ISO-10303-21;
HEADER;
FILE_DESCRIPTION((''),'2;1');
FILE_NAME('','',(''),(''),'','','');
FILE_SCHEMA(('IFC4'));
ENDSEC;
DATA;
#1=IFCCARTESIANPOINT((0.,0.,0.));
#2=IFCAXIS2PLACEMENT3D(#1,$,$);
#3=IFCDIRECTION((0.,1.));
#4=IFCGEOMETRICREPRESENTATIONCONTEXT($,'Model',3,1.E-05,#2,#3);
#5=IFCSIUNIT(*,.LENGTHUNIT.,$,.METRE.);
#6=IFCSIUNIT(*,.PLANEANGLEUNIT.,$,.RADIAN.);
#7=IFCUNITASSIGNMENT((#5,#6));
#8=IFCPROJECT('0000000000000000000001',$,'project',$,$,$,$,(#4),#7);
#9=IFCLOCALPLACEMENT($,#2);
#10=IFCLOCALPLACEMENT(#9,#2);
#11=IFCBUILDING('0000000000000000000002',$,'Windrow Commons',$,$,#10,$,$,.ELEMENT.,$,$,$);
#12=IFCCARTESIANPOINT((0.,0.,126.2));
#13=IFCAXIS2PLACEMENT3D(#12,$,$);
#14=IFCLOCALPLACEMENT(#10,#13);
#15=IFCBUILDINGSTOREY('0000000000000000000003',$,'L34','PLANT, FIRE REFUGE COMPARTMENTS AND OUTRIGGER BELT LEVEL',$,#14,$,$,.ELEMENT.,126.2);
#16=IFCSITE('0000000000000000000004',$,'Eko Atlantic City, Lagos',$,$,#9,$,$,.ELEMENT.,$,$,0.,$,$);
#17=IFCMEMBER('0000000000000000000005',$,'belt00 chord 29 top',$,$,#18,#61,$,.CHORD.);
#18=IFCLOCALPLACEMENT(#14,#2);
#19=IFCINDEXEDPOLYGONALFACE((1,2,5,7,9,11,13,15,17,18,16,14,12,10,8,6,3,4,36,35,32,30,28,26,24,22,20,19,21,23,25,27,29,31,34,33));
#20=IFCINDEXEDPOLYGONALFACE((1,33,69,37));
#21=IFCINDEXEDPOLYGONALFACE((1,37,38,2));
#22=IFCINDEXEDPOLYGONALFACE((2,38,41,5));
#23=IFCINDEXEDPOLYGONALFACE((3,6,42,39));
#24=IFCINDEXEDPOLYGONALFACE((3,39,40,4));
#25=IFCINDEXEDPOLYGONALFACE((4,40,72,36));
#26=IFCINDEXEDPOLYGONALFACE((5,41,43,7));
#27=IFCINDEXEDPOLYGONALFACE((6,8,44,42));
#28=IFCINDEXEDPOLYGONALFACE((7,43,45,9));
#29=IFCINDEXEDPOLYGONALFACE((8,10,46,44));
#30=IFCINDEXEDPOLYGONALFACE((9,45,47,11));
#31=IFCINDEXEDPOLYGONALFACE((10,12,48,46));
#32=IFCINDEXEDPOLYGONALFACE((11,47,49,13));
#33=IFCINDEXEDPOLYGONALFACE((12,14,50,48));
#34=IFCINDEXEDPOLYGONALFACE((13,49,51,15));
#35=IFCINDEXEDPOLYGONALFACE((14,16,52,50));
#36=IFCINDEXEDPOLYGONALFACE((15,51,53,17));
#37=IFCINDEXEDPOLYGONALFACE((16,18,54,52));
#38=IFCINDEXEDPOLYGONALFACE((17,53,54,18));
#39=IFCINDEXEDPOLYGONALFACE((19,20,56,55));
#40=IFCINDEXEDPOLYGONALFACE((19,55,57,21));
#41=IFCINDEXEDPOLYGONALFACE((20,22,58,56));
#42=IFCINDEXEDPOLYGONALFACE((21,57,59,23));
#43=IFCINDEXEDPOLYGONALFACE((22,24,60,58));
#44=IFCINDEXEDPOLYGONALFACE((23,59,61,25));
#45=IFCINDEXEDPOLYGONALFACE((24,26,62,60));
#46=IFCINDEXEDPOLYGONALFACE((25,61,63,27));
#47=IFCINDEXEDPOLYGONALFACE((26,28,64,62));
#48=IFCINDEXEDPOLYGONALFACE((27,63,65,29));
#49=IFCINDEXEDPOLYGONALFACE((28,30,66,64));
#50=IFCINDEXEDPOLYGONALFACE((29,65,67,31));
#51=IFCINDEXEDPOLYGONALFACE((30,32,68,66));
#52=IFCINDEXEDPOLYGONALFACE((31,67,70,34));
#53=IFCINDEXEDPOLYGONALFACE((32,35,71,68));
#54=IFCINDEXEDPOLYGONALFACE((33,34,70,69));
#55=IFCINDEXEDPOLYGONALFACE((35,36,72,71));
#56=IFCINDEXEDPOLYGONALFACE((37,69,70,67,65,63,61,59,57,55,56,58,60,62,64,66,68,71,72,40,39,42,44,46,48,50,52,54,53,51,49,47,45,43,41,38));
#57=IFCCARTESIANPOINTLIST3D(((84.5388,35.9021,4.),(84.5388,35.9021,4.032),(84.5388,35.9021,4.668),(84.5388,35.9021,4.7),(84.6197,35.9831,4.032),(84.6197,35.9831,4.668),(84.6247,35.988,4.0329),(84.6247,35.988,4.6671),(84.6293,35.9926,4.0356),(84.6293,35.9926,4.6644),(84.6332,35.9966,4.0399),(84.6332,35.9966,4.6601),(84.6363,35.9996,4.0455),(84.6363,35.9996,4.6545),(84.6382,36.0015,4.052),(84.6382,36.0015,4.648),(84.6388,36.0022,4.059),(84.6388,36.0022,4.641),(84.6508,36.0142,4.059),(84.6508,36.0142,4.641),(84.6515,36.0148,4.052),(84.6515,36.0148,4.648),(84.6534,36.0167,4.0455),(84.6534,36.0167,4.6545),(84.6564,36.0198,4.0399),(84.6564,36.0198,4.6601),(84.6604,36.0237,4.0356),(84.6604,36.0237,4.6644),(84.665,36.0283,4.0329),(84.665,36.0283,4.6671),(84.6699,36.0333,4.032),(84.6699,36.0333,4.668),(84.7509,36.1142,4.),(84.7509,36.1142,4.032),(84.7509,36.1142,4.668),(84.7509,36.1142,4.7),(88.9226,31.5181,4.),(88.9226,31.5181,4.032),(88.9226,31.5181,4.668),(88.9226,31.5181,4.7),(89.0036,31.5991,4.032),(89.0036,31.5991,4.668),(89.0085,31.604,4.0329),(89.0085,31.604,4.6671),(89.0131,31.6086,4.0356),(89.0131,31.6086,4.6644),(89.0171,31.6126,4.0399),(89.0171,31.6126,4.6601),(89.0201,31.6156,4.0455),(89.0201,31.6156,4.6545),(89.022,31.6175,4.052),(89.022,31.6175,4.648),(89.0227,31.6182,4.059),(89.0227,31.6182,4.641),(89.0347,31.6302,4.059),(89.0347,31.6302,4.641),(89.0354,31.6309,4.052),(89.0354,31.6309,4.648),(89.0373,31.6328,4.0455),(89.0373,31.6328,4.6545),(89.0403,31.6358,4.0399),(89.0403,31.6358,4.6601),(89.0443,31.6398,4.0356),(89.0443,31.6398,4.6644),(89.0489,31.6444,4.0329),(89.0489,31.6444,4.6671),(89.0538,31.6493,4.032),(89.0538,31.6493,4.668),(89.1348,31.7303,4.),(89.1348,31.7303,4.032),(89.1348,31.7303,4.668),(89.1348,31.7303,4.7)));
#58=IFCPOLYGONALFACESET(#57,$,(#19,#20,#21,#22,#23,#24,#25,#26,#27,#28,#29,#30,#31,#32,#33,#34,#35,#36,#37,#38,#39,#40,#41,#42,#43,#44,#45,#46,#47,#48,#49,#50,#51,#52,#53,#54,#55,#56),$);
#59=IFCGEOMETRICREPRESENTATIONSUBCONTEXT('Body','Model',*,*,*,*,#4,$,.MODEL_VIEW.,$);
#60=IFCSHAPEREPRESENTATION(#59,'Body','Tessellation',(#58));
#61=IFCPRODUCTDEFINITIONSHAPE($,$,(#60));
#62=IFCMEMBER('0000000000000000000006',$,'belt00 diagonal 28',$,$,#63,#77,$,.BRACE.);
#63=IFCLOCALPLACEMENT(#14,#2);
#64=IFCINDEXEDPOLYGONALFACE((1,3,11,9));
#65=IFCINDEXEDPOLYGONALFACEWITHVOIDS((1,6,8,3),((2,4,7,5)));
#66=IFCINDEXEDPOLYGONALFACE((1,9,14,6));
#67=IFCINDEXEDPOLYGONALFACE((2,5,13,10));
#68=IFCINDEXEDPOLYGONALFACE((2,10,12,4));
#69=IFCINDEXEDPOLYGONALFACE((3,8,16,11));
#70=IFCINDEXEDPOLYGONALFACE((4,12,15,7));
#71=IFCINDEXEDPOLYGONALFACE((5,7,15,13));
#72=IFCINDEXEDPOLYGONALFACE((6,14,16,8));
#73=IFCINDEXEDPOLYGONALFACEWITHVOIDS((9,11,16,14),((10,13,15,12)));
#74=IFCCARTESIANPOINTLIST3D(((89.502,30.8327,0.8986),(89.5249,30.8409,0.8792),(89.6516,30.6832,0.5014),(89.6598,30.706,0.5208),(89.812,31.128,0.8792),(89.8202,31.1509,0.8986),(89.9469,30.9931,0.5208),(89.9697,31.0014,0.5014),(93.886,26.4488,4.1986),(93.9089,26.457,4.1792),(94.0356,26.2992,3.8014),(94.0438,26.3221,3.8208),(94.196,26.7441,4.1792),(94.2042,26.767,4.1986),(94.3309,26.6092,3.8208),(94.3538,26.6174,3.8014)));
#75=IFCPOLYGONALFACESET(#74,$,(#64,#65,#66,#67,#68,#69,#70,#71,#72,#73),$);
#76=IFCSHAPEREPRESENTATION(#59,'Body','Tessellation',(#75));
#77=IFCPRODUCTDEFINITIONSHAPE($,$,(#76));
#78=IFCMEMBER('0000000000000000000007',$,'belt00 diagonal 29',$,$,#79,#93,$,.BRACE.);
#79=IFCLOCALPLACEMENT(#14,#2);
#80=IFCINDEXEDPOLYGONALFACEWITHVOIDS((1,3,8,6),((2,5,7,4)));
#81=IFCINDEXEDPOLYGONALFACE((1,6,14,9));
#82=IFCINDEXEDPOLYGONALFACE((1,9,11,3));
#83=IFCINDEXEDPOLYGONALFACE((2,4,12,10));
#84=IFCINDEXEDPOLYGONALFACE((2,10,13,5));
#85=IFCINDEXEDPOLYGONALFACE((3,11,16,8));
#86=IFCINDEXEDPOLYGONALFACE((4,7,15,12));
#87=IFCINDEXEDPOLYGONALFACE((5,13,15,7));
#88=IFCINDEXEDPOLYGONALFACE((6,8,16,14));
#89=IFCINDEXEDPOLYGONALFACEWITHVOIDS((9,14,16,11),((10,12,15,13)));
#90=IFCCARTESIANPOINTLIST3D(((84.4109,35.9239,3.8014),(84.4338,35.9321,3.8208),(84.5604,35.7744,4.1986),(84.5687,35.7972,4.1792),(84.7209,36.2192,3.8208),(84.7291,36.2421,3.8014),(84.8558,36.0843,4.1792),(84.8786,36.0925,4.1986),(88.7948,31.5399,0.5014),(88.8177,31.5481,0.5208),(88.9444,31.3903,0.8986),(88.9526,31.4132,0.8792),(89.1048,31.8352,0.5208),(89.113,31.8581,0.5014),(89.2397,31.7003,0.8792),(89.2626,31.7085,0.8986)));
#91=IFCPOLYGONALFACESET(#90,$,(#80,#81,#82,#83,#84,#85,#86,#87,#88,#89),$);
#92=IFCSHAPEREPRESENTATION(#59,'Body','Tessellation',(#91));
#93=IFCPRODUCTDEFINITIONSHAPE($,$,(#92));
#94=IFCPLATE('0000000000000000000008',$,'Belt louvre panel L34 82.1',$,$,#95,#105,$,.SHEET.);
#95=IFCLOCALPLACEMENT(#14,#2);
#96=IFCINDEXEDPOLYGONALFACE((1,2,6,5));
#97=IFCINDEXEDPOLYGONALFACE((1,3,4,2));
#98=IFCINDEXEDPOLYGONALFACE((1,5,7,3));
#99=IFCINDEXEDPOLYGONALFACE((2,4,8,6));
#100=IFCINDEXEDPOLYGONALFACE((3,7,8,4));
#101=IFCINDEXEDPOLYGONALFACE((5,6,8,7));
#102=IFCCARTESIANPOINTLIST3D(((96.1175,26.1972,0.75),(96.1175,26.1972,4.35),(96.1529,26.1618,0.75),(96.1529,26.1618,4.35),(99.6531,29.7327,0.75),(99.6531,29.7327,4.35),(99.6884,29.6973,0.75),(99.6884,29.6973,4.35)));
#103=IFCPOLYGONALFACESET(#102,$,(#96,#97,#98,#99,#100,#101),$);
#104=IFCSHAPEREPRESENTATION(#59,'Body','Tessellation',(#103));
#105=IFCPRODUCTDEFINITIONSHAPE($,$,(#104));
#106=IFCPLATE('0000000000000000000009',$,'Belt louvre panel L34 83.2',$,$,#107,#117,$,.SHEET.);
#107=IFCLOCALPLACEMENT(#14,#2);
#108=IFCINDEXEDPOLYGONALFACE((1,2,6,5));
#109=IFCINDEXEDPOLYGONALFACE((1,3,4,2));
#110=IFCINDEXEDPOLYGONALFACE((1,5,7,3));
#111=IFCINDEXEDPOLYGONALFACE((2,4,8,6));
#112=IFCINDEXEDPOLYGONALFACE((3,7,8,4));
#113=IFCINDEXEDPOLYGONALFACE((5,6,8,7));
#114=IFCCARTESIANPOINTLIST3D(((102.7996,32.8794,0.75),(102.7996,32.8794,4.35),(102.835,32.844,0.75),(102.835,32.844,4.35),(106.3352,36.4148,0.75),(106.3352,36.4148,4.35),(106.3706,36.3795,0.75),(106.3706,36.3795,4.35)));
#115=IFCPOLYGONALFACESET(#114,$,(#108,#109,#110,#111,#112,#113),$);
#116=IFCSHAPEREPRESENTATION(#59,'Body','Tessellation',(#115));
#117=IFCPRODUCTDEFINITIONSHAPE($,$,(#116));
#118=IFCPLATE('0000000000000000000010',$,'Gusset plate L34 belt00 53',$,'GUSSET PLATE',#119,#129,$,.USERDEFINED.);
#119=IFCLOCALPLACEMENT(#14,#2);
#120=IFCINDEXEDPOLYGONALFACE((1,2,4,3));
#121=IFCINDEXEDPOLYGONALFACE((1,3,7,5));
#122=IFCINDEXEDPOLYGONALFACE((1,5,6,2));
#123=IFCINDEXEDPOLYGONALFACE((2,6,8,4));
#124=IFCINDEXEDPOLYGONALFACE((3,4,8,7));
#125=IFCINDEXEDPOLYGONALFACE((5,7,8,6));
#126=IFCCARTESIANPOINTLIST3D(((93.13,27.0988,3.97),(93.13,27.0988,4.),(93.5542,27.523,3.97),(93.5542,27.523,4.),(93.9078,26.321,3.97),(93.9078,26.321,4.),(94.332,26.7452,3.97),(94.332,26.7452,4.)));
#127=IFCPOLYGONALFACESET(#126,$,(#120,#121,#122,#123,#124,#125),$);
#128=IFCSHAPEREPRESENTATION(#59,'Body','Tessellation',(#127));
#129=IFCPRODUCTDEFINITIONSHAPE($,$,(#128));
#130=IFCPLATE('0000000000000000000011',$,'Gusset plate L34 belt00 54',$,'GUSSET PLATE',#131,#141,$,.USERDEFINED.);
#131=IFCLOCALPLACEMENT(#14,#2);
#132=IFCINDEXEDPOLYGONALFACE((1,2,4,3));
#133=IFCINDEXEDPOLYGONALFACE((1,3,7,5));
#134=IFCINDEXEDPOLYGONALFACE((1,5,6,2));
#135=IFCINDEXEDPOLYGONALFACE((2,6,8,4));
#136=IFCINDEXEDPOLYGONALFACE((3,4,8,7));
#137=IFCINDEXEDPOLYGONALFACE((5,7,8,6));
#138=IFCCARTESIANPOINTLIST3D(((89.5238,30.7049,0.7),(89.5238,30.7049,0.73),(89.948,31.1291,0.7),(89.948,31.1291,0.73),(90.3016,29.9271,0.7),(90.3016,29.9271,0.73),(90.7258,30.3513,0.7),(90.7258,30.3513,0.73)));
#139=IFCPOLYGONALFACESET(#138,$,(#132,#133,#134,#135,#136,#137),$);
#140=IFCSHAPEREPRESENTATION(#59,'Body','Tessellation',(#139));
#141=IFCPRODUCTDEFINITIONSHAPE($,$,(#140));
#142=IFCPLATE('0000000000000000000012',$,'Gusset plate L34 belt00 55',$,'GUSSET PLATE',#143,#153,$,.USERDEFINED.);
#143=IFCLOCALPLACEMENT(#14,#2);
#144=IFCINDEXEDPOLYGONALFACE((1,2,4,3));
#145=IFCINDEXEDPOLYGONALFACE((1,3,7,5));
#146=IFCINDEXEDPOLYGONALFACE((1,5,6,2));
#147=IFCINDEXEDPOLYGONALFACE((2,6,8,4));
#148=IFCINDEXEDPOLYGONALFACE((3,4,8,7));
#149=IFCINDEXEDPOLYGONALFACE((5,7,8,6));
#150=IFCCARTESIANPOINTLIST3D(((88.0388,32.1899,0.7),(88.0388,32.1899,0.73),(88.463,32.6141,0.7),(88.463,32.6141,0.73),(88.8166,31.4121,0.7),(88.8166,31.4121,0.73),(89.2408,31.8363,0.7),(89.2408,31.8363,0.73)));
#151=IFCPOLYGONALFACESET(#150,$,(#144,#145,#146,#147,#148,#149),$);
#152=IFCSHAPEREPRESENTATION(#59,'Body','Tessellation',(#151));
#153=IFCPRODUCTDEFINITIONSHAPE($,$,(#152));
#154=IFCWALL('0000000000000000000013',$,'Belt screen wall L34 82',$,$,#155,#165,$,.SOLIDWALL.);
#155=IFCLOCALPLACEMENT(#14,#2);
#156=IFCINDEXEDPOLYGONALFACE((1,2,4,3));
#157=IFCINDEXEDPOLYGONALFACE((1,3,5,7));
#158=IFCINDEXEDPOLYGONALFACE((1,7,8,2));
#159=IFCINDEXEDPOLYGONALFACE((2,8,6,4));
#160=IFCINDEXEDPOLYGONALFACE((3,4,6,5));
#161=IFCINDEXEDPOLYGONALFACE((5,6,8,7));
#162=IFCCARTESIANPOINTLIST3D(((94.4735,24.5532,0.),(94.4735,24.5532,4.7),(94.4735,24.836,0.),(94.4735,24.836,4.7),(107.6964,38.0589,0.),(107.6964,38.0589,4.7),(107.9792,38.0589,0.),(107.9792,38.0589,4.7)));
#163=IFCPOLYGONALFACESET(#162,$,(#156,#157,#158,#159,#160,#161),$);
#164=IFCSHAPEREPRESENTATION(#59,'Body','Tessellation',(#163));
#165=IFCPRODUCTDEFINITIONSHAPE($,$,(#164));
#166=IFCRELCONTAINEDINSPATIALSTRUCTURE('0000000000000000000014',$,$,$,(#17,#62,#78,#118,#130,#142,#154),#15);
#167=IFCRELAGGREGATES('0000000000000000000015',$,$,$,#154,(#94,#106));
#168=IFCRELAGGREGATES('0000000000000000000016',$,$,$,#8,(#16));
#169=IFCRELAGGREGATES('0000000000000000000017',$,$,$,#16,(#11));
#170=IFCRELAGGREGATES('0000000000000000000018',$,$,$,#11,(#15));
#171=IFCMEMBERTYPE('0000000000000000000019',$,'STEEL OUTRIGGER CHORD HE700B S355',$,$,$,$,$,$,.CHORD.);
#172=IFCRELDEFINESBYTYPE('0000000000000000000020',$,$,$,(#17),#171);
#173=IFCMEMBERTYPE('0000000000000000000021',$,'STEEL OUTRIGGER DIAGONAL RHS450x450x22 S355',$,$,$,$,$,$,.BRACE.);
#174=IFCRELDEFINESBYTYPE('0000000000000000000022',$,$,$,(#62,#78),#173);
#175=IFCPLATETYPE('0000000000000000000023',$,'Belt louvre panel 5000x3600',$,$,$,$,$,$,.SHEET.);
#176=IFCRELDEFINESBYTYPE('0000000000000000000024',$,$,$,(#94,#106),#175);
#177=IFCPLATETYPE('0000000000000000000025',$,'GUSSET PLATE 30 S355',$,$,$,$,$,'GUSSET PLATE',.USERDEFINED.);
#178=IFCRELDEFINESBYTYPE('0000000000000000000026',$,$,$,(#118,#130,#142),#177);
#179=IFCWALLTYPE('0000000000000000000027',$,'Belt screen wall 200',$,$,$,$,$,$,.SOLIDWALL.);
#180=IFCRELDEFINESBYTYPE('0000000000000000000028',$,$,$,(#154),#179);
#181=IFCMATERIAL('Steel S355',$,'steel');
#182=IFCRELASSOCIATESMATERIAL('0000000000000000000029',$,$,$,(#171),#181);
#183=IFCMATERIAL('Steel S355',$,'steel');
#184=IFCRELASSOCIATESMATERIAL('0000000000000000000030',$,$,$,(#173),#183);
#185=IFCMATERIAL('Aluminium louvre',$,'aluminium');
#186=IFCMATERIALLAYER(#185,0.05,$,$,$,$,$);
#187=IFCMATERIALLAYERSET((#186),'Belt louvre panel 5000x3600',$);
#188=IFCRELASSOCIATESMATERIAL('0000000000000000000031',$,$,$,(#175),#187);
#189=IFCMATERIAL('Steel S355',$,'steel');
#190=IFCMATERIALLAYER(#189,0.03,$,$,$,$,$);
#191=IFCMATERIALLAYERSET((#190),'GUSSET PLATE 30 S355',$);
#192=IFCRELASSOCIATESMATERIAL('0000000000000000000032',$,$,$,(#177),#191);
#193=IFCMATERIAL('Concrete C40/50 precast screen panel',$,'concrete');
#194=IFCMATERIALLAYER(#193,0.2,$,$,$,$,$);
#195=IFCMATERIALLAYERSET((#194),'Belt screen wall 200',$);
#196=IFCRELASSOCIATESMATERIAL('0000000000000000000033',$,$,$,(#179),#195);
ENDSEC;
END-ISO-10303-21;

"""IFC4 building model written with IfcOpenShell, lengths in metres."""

from ifc_helpers import new_model, si_unit, direction, frame, origin, origin_2d, place, context, subcontext, project, spatial, polyline, rectangle, hollow_rectangle, i_section, outline, extrude, material, layer, layer_set, material_profile, profile_set, type_object, element, aggregate, save


model = new_model("IFC4")

# Units and contexts
model_context = context("Model", 3, precision=1e-05, world=origin(), true_north=direction((0.0, 1.0)))
body_context = subcontext(model_context, "Body", "Model", "MODEL_VIEW")
ifc_project = project(units=[si_unit("LENGTHUNIT", "METRE"), si_unit("PLANEANGLEUNIT", "RADIAN")], contexts=[model_context])

# Site, building, storey
site_placement = place(None, origin())
site = spatial("IfcSite", under=ifc_project, at=site_placement, Name="Eko Atlantic City, Lagos", CompositionType="ELEMENT", RefElevation=0.0)
building_placement = place(site_placement, origin())
building = spatial("IfcBuilding", under=site, at=building_placement, Name="Windrow Commons", CompositionType="ELEMENT")
storey_placement = place(building_placement, frame((0.0, 0.0, 126.2)))
storey = spatial("IfcBuildingStorey", under=building, at=storey_placement, Name="L34", Description="PLANT, FIRE REFUGE COMPARTMENTS AND OUTRIGGER BELT LEVEL", CompositionType="ELEMENT", Elevation=126.2)

# Members
ifc_material_1 = material(Name="Steel S355", Category="steel")
ifc_material_profile_1 = material_profile(ifc_material_1, i_section(OverallWidth=0.3, OverallDepth=0.7, WebThickness=0.017, FlangeThickness=0.032, FilletRadius=0.027, at=origin_2d()))
ifc_profile_set_1 = profile_set([ifc_material_profile_1], Name="Steel S355")
member_type_1 = type_object("IfcMemberType", Name="STEEL OUTRIGGER CHORD HE700B S355", PredefinedType="CHORD", material=ifc_profile_set_1)
for number, where, z_axis, x_axis, name in (
    (1, (89.0287, 31.6242, 4.35), (-0.707099, 0.707115, 0.0), (-0.707115, -0.707099, 0.0), "belt00 chord 29 top"),
):
    element("IfcMember", number, at=place(storey_placement, frame(where, z_axis=z_axis, x_axis=x_axis)), inside=storey, type_object=member_type_1, Name=name, PredefinedType="CHORD", context=body_context, shape_type="SweptSolid", body=[
        extrude(i_section(OverallWidth=0.3, OverallDepth=0.7, WebThickness=0.017, FlangeThickness=0.032, FilletRadius=0.027, at=origin_2d()), origin(), (0.0, 0.0, 1.0), 6.1998),
    ])
ifc_material_2 = material(Name="Steel S355", Category="steel")
ifc_material_profile_2 = material_profile(ifc_material_2, hollow_rectangle(XDim=0.45, YDim=0.45, WallThickness=0.022, at=origin_2d()))
ifc_profile_set_2 = profile_set([ifc_material_profile_2], Name="Steel S355")
member_type_2 = type_object("IfcMemberType", Name="STEEL OUTRIGGER DIAGONAL RHS450x450x22 S355", PredefinedType="BRACE", material=ifc_profile_set_2)
for number, where, z_axis, x_axis, name in (
    (2, (94.1199, 26.5331, 4.0), (-0.6242, 0.624186, -0.469858), (-0.707099, -0.707115, 0.0), "belt00 diagonal 28"),
    (3, (89.0287, 31.6242, 0.7), (-0.624186, 0.6242, 0.469858), (-0.707115, -0.707099, 0.0), "belt00 diagonal 29"),
):
    element("IfcMember", number, at=place(storey_placement, frame(where, z_axis=z_axis, x_axis=x_axis)), inside=storey, type_object=member_type_2, Name=name, PredefinedType="BRACE", context=body_context, shape_type="SweptSolid", body=[
        extrude(hollow_rectangle(XDim=0.45, YDim=0.45, WallThickness=0.022, at=origin_2d()), origin(), (0.0, 0.0, 1.0), 7.0234),
    ])

# Plates
ifc_material_3 = material(Name="Aluminium louvre", Category="aluminium")
ifc_layer_1 = layer(ifc_material_3, 0.05)
ifc_layer_set_1 = layer_set([ifc_layer_1], Name="Belt louvre panel 5000x3600")
plate_type_1 = type_object("IfcPlateType", Name="Belt louvre panel 5000x3600", PredefinedType="SHEET", material=ifc_layer_set_1)
plate_1_placement = place(storey_placement, frame((96.1529, 26.1618, 0.75), z_axis=(0.707107, -0.707107, 0.0), x_axis=(0.707107, 0.707107, 0.0)))
plate_1 = element("IfcPlate", 4, at=plate_1_placement, type_object=plate_type_1, Name="Belt louvre panel L34 82.1", PredefinedType="SHEET", context=body_context, shape_type="SweptSolid", body=[
    extrude(outline(polyline([(0.0, 0.0), (5.0, 0.0), (5.0, 3.6), (0.0, 3.6), (0.0, 0.0)])), origin(), (0.0, 0.0, -1.0), 0.05),
])
plate_2_placement = place(storey_placement, frame((102.835, 32.844, 0.75), z_axis=(0.707097, -0.707117, 0.0), x_axis=(0.707117, 0.707097, 0.0)))
plate_2 = element("IfcPlate", 5, at=plate_2_placement, type_object=plate_type_1, Name="Belt louvre panel L34 83.2", PredefinedType="SHEET", context=body_context, shape_type="SweptSolid", body=[
    extrude(outline(polyline([(0.0, 0.0), (5.0, 0.0), (5.0, 3.6), (0.0, 3.6), (0.0, 0.0)])), origin(), (0.0, 0.0, -1.0), 0.05),
])

# Plates
ifc_material_4 = material(Name="Steel S355", Category="steel")
ifc_layer_2 = layer(ifc_material_4, 0.03)
ifc_layer_set_2 = layer_set([ifc_layer_2], Name="GUSSET PLATE 30 S355")
plate_type_2 = type_object("IfcPlateType", Name="GUSSET PLATE 30 S355", ElementType="GUSSET PLATE", PredefinedType="USERDEFINED", material=ifc_layer_set_2)
for number, where, z_axis, x_axis, name in (
    (6, (93.731, 26.922, 3.97), (0.0, 0.0, 1.0), (-0.707114, 0.707099, 0.0), "Gusset plate L34 belt00 53"),
    (7, (90.1248, 30.5281, 0.7), (0.0, 0.0, 1.0), (-0.707114, 0.707099, 0.0), "Gusset plate L34 belt00 54"),
    (8, (88.6398, 32.0131, 0.7), (0.0, 0.0, 1.0), (-0.707099, 0.707114, 0.0), "Gusset plate L34 belt00 55"),
):
    element("IfcPlate", number, at=place(storey_placement, frame(where, z_axis=z_axis, x_axis=x_axis)), inside=storey, type_object=plate_type_2, Name=name, ObjectType="GUSSET PLATE", PredefinedType="USERDEFINED", context=body_context, shape_type="SweptSolid", body=[
        extrude(rectangle(XDim=1.1, YDim=0.6, at=origin_2d()), origin(), (0.0, 0.0, 1.0), 0.03),
    ])

# Wall
ifc_material_5 = material(Name="Concrete C40/50 precast screen panel", Category="concrete")
ifc_layer_3 = layer(ifc_material_5, 0.2)
ifc_layer_set_3 = layer_set([ifc_layer_3], Name="Belt screen wall 200")
wall_type_1 = type_object("IfcWallType", Name="Belt screen wall 200", PredefinedType="SOLIDWALL", material=ifc_layer_set_3)
wall_1_placement = place(storey_placement, frame((94.4735, 24.6946, 0.0), z_axis=(0.0, 0.0, 1.0), x_axis=(0.707107, 0.707107, 0.0)))
wall_1 = element("IfcWall", 9, at=wall_1_placement, inside=storey, type_object=wall_type_1, Name="Belt screen wall L34 82", PredefinedType="SOLIDWALL", context=body_context, shape_type="SweptSolid", body=[
    extrude(outline(polyline([(-0.1, -0.1), (19.0, -0.1), (18.8, 0.1), (0.1, 0.1), (-0.1, -0.1)])), origin(), (0.0, 0.0, 1.0), 4.7),
])
aggregate(wall_1, [plate_1, plate_2])

save(model, "model.ifc")
